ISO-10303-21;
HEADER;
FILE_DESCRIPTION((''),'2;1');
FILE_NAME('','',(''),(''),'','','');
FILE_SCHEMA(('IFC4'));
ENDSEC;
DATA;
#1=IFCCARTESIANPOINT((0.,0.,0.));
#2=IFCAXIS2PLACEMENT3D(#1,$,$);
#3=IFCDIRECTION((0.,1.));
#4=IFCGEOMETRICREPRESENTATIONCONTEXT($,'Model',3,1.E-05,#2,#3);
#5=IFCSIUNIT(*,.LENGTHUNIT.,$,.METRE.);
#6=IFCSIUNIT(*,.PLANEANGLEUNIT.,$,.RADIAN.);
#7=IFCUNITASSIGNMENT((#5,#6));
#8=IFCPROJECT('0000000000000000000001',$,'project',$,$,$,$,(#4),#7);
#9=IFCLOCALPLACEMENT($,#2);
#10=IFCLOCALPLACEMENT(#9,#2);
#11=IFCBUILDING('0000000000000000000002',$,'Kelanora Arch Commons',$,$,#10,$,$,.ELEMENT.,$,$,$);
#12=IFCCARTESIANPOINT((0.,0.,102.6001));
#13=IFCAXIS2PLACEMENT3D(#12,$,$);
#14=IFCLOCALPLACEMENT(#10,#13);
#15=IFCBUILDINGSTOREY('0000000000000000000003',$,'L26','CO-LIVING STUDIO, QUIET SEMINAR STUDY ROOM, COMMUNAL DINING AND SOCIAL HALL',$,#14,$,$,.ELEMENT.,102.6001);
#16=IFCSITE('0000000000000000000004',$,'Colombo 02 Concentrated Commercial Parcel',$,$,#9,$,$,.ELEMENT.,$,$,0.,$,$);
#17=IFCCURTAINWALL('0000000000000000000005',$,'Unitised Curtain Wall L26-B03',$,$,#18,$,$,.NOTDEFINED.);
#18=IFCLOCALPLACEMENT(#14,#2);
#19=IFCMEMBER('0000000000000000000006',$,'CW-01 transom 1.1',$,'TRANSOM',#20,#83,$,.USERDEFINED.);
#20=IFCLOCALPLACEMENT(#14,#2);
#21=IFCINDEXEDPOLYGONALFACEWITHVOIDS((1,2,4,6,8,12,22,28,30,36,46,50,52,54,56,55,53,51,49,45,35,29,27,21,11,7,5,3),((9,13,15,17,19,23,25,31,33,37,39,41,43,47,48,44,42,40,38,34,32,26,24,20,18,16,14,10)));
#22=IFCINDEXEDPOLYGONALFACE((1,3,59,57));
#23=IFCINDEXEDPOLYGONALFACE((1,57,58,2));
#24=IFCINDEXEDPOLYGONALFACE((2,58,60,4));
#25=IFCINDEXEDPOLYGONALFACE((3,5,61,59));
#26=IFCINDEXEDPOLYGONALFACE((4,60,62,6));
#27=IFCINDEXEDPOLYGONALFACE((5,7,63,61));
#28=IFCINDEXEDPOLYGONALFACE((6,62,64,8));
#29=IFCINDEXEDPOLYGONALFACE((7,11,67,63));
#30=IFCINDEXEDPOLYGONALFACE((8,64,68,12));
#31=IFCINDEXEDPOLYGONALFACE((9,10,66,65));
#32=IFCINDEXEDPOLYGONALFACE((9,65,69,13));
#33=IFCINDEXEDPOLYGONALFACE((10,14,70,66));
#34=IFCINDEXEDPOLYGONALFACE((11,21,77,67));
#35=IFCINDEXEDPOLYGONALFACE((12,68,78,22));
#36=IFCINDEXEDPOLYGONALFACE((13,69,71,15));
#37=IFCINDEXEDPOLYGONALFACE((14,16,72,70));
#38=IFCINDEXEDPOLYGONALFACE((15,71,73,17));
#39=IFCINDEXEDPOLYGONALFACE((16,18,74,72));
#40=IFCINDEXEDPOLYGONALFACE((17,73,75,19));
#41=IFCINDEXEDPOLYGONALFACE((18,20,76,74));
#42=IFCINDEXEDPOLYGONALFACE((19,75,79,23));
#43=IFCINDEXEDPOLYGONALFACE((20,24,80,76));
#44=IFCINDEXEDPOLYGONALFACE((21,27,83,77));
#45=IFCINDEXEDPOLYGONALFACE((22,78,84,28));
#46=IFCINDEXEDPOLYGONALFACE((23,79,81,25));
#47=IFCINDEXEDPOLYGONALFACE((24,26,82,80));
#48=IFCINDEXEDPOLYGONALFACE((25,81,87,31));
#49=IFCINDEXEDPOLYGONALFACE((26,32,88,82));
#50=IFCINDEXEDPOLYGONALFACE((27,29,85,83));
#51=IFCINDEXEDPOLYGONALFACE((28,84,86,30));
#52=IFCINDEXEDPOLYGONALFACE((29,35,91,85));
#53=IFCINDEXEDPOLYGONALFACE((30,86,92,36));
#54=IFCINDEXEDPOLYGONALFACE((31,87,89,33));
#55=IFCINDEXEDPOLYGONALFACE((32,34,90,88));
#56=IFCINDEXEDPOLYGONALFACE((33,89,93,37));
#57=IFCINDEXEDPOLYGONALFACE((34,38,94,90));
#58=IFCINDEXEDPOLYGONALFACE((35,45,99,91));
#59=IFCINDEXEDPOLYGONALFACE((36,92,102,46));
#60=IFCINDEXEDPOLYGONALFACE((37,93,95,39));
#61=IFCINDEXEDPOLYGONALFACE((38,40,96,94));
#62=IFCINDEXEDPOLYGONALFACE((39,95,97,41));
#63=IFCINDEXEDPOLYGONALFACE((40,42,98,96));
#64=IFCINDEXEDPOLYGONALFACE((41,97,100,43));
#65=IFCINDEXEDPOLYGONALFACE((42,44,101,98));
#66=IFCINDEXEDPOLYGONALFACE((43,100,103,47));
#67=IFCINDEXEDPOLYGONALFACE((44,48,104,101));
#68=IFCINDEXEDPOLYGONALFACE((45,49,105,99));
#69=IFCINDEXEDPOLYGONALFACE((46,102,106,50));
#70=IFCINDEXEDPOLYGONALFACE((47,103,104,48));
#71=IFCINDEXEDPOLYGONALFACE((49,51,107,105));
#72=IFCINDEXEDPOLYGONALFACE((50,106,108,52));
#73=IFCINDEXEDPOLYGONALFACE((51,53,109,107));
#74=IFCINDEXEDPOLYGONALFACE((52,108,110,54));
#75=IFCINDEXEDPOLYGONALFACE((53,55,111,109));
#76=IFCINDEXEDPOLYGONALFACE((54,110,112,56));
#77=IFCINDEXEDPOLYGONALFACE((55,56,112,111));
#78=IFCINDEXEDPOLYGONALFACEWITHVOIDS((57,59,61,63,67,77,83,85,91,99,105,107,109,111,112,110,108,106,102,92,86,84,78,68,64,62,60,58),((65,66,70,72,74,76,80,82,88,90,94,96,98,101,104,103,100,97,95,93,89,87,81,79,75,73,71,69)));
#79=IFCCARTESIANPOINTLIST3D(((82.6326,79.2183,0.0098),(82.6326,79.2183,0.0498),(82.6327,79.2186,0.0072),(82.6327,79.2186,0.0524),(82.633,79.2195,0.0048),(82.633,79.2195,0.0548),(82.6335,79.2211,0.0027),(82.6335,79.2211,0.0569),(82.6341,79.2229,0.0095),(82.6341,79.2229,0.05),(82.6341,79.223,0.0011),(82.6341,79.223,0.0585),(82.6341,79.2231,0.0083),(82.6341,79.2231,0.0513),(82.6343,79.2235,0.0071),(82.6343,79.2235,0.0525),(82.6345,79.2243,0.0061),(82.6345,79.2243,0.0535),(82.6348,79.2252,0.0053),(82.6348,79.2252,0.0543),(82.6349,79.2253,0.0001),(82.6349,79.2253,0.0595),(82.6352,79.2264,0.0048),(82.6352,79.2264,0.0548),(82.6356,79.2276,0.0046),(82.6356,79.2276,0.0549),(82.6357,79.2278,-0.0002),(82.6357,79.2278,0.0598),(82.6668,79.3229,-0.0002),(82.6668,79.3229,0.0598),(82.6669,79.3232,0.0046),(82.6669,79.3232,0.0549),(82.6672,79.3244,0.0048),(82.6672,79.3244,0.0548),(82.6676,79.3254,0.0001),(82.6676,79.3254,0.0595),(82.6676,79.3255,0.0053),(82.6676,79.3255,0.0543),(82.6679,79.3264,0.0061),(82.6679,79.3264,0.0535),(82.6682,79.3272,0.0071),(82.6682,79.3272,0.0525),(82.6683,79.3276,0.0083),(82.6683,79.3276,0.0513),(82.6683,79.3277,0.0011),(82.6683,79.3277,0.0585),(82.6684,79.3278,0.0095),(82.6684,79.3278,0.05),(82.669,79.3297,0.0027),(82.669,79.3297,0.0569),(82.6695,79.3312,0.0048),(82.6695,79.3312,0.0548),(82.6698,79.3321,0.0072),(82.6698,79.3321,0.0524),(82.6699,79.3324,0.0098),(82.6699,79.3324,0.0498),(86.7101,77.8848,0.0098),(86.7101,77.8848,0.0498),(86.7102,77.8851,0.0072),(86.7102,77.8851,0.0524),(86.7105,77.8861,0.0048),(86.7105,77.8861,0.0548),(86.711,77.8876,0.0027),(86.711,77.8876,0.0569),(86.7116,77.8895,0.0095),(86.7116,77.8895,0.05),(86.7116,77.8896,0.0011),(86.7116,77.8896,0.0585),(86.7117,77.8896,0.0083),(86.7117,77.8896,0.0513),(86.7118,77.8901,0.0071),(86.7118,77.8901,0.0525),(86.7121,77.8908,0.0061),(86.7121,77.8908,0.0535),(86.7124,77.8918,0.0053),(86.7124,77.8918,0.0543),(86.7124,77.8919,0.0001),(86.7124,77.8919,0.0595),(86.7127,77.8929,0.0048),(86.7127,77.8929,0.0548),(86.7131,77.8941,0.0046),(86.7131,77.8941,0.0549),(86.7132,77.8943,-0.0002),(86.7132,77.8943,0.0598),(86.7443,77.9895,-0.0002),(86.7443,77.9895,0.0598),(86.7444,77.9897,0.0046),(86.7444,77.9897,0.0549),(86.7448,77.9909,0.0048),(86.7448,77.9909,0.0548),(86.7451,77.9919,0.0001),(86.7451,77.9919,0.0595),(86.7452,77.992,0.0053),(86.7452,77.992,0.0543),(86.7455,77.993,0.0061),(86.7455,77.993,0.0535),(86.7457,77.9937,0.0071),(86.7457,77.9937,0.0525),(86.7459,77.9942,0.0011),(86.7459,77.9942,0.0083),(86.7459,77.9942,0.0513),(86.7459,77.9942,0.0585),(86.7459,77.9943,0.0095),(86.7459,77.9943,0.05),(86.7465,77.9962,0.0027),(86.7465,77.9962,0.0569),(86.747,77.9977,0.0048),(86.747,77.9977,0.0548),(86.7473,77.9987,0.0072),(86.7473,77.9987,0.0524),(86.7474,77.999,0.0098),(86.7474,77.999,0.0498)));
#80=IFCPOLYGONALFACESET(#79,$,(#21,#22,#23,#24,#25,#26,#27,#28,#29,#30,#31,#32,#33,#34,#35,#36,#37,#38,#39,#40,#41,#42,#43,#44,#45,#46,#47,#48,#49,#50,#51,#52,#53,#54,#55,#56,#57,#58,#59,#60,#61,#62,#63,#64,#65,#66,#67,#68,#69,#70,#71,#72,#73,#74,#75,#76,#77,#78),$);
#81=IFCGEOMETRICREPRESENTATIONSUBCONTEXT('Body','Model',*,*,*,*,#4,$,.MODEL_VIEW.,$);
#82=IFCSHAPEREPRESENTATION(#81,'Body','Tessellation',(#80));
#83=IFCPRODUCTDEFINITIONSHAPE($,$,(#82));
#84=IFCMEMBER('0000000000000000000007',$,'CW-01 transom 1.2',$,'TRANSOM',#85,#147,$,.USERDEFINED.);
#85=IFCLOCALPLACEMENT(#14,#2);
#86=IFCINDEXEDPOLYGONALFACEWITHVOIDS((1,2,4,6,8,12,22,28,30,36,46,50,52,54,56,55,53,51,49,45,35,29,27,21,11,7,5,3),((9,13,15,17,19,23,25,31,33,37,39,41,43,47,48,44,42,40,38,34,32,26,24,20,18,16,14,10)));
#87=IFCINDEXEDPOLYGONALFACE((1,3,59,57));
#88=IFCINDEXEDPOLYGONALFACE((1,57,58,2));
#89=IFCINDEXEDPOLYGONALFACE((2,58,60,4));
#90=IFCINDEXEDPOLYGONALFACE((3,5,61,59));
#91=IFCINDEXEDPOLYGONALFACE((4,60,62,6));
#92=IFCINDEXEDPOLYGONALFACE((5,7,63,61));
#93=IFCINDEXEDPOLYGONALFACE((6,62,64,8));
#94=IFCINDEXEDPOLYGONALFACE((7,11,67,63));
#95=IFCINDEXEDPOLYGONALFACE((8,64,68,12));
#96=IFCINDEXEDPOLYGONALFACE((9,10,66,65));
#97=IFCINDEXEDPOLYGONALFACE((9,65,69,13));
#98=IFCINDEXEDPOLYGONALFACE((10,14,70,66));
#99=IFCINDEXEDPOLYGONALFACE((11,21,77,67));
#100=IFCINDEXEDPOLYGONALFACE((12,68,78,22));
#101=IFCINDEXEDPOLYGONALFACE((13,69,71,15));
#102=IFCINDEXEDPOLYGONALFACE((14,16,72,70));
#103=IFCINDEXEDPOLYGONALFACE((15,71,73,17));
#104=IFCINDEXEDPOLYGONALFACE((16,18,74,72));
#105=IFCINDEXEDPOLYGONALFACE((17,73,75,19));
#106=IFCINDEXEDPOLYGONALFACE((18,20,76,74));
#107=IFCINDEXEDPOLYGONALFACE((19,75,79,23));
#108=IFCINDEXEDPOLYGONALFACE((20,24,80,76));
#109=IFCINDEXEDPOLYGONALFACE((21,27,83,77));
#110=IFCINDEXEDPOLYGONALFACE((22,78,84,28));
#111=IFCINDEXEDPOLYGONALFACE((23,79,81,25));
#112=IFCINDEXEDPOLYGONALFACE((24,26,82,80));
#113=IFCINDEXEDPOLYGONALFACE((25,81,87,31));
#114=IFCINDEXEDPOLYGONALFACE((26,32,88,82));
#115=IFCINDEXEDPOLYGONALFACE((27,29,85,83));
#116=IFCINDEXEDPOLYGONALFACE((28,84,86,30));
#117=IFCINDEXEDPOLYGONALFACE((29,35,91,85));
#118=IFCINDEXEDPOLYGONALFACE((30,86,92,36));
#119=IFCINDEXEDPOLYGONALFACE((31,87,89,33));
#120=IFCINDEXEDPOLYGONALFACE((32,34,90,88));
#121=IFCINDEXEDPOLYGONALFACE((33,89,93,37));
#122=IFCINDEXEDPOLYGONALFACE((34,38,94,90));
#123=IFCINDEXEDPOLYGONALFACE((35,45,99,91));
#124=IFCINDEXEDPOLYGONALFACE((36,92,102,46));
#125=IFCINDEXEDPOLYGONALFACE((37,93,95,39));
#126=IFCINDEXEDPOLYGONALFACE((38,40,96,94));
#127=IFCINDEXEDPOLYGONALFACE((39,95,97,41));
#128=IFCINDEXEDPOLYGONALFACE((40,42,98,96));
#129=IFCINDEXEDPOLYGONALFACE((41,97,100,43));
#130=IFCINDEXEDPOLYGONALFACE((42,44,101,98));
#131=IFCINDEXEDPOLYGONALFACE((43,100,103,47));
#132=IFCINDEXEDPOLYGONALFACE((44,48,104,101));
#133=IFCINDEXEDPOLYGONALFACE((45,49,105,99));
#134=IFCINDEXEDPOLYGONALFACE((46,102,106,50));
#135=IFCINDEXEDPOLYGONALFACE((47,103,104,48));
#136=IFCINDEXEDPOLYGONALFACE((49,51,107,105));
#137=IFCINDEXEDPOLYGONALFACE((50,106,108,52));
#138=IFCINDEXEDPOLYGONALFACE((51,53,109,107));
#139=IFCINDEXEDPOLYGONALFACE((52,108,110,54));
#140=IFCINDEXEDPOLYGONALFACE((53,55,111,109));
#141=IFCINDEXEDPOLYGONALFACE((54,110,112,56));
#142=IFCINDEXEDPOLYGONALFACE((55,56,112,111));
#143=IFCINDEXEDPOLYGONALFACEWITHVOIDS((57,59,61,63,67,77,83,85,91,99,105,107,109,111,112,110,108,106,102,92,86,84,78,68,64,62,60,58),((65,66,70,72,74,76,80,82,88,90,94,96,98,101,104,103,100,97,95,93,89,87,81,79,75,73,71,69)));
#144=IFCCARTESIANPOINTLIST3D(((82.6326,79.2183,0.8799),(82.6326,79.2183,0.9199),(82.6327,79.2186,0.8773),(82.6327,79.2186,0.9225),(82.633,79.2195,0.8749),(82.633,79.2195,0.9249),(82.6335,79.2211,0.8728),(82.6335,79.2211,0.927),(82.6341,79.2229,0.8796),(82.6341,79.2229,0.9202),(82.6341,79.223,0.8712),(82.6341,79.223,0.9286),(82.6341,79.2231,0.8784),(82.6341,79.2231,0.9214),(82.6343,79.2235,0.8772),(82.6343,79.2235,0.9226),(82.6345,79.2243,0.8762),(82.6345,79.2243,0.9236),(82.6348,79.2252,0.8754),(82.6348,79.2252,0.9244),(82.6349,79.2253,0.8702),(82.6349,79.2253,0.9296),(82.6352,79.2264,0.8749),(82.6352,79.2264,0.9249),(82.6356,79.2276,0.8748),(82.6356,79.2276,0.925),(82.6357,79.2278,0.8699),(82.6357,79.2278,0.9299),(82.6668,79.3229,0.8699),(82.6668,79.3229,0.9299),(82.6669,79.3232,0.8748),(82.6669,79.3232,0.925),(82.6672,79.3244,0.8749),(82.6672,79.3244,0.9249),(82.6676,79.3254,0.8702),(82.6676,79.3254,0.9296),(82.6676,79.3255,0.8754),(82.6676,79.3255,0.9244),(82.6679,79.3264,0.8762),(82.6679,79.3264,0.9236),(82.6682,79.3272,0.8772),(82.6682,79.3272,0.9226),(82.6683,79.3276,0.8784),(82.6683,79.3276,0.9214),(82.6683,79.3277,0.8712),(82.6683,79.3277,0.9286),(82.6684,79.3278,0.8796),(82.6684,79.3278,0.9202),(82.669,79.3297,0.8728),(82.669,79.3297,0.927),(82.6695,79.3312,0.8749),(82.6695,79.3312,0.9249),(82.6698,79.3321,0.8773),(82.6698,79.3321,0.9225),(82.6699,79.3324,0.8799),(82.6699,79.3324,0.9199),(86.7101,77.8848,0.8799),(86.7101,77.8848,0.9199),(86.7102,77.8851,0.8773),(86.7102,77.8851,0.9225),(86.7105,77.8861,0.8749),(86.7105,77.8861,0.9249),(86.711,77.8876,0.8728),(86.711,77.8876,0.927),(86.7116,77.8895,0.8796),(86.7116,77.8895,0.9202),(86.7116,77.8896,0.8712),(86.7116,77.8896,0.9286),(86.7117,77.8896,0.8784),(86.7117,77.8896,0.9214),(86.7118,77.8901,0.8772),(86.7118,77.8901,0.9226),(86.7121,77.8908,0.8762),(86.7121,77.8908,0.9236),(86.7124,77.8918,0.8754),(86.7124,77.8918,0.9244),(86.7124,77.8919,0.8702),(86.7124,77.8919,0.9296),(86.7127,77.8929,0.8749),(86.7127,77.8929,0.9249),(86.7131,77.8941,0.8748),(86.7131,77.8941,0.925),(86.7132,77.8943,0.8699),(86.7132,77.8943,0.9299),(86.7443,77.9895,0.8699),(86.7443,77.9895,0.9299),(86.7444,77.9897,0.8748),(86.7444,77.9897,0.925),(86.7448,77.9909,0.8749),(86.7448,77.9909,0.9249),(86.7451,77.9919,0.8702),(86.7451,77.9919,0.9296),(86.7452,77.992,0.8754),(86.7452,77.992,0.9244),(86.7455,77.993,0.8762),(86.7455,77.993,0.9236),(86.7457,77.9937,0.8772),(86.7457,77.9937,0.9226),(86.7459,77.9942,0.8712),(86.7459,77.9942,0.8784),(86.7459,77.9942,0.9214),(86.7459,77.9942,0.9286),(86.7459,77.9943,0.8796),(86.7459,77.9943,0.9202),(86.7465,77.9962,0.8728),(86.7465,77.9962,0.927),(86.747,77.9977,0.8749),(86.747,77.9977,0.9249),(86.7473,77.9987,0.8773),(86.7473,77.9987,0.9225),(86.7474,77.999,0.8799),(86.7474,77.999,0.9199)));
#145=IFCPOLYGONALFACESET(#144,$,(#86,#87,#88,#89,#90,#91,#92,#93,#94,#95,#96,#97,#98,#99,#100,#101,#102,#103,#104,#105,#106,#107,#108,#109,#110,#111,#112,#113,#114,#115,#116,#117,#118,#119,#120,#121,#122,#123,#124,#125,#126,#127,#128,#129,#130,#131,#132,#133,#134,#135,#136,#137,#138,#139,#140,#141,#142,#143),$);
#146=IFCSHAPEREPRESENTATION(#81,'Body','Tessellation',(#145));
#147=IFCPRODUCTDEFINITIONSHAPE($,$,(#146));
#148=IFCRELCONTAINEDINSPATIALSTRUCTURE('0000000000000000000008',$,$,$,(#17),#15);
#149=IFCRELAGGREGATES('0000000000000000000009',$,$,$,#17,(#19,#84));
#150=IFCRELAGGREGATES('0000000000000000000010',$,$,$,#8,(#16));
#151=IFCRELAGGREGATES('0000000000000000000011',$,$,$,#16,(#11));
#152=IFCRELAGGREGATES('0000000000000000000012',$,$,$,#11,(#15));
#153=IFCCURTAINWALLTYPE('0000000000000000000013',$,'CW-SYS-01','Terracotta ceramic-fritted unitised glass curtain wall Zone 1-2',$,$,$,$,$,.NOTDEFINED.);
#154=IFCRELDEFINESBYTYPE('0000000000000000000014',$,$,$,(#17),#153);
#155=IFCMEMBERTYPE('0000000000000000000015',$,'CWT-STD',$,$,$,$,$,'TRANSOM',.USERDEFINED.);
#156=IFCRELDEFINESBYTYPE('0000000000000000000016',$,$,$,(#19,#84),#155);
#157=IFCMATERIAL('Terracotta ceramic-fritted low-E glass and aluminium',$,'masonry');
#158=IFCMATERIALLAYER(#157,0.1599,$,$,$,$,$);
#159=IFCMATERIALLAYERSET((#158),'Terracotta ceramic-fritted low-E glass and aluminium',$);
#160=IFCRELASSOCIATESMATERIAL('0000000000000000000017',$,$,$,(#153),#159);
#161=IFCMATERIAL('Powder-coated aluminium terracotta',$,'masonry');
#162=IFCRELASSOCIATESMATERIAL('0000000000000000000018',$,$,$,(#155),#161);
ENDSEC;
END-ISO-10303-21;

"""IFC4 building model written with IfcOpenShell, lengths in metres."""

from ifc_helpers import new_model, si_unit, direction, frame, origin, origin_2d, place, context, subcontext, project, spatial, hollow_rectangle, extrude, material, layer, layer_set, material_profile, profile_set, type_object, element, aggregate, save


model = new_model("IFC4")

# Units and contexts
model_context = context("Model", 3, precision=1e-05, world=origin(), true_north=direction((0.0, 1.0)))
body_context = subcontext(model_context, "Body", "Model", "MODEL_VIEW")
ifc_project = project(units=[si_unit("LENGTHUNIT", "METRE"), si_unit("PLANEANGLEUNIT", "RADIAN")], contexts=[model_context])

# Site, building, storey
site_placement = place(None, origin())
site = spatial("IfcSite", under=ifc_project, at=site_placement, Name="Colombo 02 Concentrated Commercial Parcel", CompositionType="ELEMENT", RefElevation=0.0)
building_placement = place(site_placement, origin())
building = spatial("IfcBuilding", under=site, at=building_placement, Name="Kelanora Arch Commons", CompositionType="ELEMENT")
storey_placement = place(building_placement, frame((0.0, 0.0, 102.6001)))
storey = spatial("IfcBuildingStorey", under=building, at=storey_placement, Name="L26", Description="CO-LIVING STUDIO, QUIET SEMINAR STUDY ROOM, COMMUNAL DINING AND SOCIAL HALL", CompositionType="ELEMENT", Elevation=102.6001)

# Curtain wall, members
ifc_material_1 = material(Name="Terracotta ceramic-fritted low-E glass and aluminium", Category="masonry")
ifc_layer_1 = layer(ifc_material_1, 0.1599)
ifc_layer_set_1 = layer_set([ifc_layer_1], Name="Terracotta ceramic-fritted low-E glass and aluminium")
curtain_wall_type = type_object("IfcCurtainWallType", Name="CW-SYS-01", Description="Terracotta ceramic-fritted unitised glass curtain wall Zone 1-2", PredefinedType="NOTDEFINED", material=ifc_layer_set_1)
curtain_wall_placement = place(storey_placement, origin())
curtain_wall = element("IfcCurtainWall", 1, at=curtain_wall_placement, inside=storey, type_object=curtain_wall_type, Name="Unitised Curtain Wall L26-B03", PredefinedType="NOTDEFINED")
ifc_material_2 = material(Name="Powder-coated aluminium terracotta", Category="masonry")
ifc_material_profile_1 = material_profile(ifc_material_2, hollow_rectangle(XDim=0.1201, YDim=0.0601, WallThickness=0.0049, InnerFilletRadius=0.0049, OuterFilletRadius=0.01, at=origin_2d()), Name="CWT120x60")
ifc_profile_set_1 = profile_set([ifc_material_profile_1], Name="Powder-coated aluminium terracotta")
member_type_1 = type_object("IfcMemberType", Name="CWT-STD", ElementType="TRANSOM", PredefinedType="USERDEFINED", material=ifc_profile_set_1)
member_1_placement = place(storey_placement, frame((86.7288, 77.9419, 0.0298), z_axis=(-0.950466, 0.310828, 0.0), x_axis=(-0.310828, -0.950466, 0.0)))
member_1 = element("IfcMember", 2, at=member_1_placement, type_object=member_type_1, Name="CW-01 transom 1.1", ObjectType="TRANSOM", PredefinedType="USERDEFINED", context=body_context, shape_type="SweptSolid", body=[
    extrude(hollow_rectangle(XDim=0.1201, YDim=0.0601, WallThickness=0.0049, InnerFilletRadius=0.0049, OuterFilletRadius=0.01, at=origin_2d()), origin(), (0.0, 0.0, 1.0), 4.29),
])
member_2_placement = place(storey_placement, frame((86.7288, 77.9419, 0.8999), z_axis=(-0.950466, 0.310828, 0.0), x_axis=(-0.310828, -0.950466, 0.0)))
member_2 = element("IfcMember", 3, at=member_2_placement, type_object=member_type_1, Name="CW-01 transom 1.2", ObjectType="TRANSOM", PredefinedType="USERDEFINED", context=body_context, shape_type="SweptSolid", body=[
    extrude(hollow_rectangle(XDim=0.1201, YDim=0.0601, WallThickness=0.0049, InnerFilletRadius=0.0049, OuterFilletRadius=0.01, at=origin_2d()), origin(), (0.0, 0.0, 1.0), 4.29),
])
aggregate(curtain_wall, [member_1, member_2])

save(model, "model.ifc")
